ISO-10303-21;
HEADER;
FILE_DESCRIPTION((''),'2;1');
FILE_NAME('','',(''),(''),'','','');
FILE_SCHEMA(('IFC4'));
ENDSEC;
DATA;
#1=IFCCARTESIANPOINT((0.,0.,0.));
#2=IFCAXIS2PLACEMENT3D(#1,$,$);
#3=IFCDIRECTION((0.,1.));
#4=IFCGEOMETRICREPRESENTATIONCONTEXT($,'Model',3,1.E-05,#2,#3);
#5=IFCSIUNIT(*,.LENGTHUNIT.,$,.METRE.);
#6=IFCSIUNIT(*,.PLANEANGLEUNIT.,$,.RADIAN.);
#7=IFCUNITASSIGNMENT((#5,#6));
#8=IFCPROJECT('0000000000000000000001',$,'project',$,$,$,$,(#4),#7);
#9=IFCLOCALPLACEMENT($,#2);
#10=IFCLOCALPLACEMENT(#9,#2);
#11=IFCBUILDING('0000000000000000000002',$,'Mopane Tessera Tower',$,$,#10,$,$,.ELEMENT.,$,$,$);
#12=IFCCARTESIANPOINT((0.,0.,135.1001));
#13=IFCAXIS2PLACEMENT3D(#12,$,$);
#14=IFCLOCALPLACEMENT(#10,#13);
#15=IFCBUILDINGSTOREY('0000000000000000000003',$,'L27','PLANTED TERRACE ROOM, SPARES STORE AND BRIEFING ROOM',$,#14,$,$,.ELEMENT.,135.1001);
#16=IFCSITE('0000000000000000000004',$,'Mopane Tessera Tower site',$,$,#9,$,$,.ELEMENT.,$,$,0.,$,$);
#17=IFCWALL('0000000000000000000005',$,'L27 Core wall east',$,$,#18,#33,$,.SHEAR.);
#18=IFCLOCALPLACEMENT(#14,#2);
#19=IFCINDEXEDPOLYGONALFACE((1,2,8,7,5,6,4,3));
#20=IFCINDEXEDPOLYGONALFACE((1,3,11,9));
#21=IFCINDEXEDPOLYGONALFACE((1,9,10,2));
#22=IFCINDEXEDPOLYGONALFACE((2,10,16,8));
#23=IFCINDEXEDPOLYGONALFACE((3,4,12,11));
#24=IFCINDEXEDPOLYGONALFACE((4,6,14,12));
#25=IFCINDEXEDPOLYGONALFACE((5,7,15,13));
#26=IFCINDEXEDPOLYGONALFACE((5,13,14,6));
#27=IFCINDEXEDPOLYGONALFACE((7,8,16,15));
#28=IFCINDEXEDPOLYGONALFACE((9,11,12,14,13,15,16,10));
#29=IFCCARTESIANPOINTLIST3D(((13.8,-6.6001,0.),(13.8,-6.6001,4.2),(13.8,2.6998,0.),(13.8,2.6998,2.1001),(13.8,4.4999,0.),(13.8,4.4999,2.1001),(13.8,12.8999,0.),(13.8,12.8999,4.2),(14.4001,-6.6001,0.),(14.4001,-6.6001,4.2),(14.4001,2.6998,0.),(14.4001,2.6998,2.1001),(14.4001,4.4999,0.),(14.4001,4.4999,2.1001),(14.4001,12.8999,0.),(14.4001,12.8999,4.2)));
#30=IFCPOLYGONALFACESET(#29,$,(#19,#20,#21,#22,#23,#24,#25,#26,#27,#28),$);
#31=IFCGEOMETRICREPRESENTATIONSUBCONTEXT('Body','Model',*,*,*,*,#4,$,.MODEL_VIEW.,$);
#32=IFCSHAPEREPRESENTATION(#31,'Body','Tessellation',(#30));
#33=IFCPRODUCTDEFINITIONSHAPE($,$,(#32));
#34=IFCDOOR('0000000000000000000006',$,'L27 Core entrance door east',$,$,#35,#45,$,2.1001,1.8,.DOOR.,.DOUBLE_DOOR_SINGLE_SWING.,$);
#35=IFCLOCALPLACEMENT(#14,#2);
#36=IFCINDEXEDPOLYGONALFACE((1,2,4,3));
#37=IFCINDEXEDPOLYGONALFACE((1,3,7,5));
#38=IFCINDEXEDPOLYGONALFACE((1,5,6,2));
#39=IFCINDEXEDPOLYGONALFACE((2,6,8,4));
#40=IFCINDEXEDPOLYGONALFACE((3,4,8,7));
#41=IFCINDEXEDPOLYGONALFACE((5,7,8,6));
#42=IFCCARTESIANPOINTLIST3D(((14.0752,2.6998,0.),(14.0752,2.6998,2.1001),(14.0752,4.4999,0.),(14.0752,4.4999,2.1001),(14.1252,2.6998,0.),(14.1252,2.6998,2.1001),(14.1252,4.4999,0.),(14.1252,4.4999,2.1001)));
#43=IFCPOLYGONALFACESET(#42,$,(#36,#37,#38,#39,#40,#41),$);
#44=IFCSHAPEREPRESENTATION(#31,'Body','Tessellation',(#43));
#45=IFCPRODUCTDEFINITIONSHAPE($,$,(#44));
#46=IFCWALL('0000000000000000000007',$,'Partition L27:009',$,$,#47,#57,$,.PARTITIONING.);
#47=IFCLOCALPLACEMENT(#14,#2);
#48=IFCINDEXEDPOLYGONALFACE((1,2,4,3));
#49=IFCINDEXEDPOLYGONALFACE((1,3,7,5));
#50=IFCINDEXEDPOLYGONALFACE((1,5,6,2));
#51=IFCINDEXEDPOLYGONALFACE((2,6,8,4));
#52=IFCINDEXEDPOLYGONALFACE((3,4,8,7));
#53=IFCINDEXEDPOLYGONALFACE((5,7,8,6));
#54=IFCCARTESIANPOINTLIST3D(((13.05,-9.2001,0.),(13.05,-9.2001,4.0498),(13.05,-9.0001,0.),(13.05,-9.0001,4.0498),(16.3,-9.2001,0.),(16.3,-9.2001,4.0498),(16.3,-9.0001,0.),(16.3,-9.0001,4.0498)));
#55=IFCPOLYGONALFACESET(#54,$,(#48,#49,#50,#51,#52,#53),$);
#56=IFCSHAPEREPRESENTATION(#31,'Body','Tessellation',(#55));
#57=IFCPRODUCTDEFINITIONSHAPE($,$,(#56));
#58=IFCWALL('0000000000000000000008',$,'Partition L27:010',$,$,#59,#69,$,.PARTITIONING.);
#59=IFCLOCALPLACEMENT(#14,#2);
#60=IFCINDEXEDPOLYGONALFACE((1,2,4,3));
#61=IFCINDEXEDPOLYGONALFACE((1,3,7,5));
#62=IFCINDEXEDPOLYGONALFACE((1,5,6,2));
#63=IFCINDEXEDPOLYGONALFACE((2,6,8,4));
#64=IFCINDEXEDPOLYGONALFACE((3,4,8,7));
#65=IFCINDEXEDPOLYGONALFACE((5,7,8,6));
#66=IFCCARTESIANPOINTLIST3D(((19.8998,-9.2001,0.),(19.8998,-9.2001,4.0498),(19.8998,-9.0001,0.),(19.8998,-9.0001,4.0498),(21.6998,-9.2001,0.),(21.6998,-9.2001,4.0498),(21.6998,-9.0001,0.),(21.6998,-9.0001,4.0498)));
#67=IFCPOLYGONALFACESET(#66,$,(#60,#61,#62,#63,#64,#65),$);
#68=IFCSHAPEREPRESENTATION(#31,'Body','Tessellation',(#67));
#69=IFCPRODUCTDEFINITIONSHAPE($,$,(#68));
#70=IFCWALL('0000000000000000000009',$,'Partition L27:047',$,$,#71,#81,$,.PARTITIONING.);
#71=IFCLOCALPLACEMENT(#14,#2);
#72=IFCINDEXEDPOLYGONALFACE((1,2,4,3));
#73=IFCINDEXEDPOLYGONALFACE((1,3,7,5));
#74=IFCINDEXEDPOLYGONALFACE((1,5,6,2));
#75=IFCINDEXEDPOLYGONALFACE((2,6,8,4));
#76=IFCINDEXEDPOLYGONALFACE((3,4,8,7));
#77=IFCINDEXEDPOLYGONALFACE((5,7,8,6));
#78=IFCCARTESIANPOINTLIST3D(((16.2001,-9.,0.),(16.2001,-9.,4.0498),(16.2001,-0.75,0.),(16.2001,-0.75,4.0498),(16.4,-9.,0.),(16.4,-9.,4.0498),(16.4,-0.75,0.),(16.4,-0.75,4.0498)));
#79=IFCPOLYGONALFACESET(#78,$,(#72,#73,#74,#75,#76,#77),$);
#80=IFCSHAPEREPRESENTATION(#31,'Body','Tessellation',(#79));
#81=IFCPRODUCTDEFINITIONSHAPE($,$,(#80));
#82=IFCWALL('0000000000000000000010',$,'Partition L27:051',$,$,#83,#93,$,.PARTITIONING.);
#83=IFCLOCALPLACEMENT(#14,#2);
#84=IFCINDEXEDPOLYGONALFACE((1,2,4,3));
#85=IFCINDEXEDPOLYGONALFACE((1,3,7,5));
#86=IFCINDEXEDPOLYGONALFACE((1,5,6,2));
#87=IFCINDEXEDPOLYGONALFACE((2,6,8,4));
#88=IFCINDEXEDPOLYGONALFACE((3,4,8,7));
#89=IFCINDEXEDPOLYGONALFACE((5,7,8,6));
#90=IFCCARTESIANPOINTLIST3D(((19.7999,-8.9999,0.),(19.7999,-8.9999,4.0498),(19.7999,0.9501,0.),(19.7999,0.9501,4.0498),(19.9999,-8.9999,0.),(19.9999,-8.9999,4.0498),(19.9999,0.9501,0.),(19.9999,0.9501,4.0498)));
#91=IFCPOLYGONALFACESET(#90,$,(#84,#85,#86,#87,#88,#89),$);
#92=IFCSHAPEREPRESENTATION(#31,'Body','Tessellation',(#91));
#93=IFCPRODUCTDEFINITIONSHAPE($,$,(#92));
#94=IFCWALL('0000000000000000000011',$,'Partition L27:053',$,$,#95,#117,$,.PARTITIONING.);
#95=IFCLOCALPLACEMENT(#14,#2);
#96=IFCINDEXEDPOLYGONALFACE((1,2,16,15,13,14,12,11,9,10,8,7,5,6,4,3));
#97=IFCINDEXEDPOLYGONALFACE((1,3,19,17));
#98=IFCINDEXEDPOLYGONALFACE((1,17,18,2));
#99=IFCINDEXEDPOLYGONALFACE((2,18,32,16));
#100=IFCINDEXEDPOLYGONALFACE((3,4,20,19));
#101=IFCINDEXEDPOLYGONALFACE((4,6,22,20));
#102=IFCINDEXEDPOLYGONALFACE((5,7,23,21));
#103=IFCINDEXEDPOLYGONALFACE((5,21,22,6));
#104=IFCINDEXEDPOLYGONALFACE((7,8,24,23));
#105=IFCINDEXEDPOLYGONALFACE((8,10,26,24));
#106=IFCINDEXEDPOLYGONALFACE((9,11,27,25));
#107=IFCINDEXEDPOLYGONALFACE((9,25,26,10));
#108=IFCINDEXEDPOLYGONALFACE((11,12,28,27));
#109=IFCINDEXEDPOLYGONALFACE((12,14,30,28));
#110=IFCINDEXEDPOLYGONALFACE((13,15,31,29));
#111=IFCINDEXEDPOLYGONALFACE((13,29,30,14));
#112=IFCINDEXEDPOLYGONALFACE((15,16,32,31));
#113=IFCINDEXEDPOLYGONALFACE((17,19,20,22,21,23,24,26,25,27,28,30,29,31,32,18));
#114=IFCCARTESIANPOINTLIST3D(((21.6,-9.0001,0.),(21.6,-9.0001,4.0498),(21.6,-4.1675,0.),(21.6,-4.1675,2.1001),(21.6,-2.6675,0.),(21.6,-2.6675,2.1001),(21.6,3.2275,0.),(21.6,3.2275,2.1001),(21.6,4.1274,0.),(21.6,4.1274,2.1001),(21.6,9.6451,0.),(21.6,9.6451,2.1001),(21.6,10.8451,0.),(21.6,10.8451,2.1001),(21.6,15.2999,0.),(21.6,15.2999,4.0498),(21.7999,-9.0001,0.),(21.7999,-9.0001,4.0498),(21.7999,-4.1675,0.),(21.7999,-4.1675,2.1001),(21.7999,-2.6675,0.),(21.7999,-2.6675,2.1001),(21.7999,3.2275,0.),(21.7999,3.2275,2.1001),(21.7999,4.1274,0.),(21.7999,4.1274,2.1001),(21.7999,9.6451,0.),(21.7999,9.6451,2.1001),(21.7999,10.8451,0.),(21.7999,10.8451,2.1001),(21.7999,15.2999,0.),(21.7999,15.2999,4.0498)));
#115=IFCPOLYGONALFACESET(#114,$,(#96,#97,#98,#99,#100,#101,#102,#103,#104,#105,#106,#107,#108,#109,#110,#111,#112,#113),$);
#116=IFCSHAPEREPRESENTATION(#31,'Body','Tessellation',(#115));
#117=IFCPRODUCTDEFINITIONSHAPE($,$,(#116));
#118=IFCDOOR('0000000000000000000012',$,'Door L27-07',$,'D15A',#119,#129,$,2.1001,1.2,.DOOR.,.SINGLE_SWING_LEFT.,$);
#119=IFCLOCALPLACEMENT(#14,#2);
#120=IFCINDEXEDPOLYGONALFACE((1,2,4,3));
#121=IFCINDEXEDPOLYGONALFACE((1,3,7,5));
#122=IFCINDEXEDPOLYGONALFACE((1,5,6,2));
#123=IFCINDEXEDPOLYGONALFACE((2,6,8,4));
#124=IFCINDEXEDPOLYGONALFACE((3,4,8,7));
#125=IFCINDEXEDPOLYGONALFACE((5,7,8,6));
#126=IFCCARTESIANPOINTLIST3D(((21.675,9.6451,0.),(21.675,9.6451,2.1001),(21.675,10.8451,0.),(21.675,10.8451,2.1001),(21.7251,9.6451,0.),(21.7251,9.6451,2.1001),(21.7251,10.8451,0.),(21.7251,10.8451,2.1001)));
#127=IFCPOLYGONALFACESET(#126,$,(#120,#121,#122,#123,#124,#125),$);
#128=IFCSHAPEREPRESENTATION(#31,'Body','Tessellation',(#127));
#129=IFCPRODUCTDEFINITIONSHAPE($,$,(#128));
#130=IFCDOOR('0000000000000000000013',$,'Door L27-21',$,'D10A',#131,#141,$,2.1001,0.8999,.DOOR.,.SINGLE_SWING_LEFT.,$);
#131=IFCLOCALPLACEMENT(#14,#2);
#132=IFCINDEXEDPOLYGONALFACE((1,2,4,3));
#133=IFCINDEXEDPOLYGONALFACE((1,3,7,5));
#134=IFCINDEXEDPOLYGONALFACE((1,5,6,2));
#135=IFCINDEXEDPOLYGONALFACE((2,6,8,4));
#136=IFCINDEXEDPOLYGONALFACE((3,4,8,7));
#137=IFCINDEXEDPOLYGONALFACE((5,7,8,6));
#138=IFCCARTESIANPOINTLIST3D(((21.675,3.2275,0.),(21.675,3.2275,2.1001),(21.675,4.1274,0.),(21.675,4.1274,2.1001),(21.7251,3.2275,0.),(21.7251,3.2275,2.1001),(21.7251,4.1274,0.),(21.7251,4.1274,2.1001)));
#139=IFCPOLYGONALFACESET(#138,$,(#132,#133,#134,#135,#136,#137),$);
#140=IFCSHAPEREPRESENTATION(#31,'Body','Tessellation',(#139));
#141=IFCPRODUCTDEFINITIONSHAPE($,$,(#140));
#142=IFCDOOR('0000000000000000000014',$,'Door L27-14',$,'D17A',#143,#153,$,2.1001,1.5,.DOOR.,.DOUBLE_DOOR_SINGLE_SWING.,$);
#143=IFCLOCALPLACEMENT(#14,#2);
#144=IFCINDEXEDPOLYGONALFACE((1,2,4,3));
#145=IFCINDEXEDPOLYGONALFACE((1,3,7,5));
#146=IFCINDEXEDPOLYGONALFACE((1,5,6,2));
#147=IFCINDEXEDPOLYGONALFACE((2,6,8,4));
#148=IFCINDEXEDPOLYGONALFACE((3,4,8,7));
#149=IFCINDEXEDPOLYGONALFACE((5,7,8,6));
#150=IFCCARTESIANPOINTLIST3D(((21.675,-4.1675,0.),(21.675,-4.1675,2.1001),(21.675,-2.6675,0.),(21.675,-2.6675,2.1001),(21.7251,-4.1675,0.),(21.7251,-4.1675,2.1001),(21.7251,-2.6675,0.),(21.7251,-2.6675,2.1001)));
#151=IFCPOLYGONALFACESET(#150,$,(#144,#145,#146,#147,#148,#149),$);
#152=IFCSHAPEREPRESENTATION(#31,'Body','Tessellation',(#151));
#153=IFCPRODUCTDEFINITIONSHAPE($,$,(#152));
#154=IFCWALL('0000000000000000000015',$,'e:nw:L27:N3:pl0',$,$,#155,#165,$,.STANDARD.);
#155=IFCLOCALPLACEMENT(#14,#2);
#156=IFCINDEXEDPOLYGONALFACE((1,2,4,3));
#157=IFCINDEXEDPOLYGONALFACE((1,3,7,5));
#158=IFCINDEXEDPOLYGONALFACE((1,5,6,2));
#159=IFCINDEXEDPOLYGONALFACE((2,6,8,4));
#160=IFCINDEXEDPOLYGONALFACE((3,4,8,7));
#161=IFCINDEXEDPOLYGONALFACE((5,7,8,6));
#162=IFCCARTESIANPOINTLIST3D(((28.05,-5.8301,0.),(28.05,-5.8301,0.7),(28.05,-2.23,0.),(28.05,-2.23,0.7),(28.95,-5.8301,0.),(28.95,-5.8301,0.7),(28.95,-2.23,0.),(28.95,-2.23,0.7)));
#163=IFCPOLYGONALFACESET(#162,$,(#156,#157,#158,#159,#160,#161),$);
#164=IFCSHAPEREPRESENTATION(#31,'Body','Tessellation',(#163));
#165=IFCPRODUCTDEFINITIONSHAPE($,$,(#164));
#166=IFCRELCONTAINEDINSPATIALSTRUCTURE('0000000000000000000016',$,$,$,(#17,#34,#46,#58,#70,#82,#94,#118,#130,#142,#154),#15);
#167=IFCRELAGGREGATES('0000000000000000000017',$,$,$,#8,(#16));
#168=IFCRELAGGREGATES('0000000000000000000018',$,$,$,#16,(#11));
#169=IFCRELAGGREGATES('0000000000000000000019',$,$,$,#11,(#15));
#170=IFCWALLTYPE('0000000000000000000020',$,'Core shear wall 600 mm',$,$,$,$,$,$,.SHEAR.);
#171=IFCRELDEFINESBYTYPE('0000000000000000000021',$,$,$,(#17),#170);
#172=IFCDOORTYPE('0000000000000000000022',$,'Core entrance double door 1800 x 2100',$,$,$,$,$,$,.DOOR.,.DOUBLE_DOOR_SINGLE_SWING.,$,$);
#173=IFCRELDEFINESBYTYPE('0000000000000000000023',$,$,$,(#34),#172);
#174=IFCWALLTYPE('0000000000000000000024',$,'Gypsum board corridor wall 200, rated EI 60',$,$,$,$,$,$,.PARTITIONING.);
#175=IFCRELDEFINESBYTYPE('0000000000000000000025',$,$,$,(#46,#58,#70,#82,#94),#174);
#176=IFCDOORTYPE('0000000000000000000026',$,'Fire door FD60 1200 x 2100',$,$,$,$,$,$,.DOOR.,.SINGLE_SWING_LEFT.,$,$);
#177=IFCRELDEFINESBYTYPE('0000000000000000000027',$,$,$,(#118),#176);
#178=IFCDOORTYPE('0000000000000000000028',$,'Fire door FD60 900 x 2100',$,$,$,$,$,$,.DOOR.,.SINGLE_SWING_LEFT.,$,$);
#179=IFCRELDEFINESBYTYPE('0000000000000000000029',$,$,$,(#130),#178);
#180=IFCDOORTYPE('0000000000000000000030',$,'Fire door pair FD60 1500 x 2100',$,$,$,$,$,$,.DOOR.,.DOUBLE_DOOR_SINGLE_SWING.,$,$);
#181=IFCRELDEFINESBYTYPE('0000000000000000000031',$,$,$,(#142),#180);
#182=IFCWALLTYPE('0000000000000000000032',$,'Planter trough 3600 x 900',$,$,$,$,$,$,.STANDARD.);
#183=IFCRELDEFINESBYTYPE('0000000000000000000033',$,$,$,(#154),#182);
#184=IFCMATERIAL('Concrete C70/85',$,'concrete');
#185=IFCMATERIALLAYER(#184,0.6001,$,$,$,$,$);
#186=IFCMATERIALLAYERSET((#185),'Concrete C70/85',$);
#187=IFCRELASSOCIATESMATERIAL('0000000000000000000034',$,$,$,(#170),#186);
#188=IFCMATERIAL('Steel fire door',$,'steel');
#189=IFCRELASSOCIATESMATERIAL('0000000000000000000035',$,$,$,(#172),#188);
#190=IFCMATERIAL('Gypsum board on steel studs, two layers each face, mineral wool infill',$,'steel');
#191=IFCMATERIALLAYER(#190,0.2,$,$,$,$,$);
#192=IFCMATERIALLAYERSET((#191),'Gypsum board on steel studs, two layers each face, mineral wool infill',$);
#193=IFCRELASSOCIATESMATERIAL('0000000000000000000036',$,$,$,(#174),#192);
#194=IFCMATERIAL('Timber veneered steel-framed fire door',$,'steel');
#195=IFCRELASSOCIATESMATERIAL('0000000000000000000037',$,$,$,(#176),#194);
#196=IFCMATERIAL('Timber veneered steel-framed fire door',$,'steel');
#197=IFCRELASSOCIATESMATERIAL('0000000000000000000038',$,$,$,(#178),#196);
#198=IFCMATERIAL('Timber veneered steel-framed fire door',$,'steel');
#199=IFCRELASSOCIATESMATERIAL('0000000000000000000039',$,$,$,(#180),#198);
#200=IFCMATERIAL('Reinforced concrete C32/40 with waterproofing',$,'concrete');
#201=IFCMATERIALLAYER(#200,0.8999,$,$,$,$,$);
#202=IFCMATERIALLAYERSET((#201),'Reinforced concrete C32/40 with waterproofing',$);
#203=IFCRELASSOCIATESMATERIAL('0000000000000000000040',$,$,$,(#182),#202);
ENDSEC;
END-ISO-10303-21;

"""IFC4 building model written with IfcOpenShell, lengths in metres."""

from ifc_helpers import new_model, si_unit, direction, frame, frame_2d, origin, place, context, subcontext, project, spatial, rectangle, extrude, material, layer, layer_set, type_object, element, fill, save


model = new_model("IFC4")

# Units and contexts
model_context = context("Model", 3, precision=1e-05, world=origin(), true_north=direction((0.0, 1.0)))
body_context = subcontext(model_context, "Body", "Model", "MODEL_VIEW")
ifc_project = project(units=[si_unit("LENGTHUNIT", "METRE"), si_unit("PLANEANGLEUNIT", "RADIAN")], contexts=[model_context])

# Site, building, storey
site_placement = place(None, origin())
site = spatial("IfcSite", under=ifc_project, at=site_placement, Name="Mopane Tessera Tower site", CompositionType="ELEMENT", RefElevation=0.0)
building_placement = place(site_placement, origin())
building = spatial("IfcBuilding", under=site, at=building_placement, Name="Mopane Tessera Tower", CompositionType="ELEMENT")
storey_placement = place(building_placement, frame((0.0, 0.0, 135.1001)))
storey = spatial("IfcBuildingStorey", under=building, at=storey_placement, Name="L27", Description="PLANTED TERRACE ROOM, SPARES STORE AND BRIEFING ROOM", CompositionType="ELEMENT", Elevation=135.1001)

# Wall, opening, door
ifc_material_1 = material(Name="Concrete C70/85", Category="concrete")
ifc_layer_1 = layer(ifc_material_1, 0.6001)
ifc_layer_set_1 = layer_set([ifc_layer_1], Name="Concrete C70/85")
wall_type_1 = type_object("IfcWallType", Name="Core shear wall 600 mm", PredefinedType="SHEAR", material=ifc_layer_set_1)
wall_1_placement = place(storey_placement, frame((14.1001, -6.6001, 0.0), z_axis=(0.0, 0.0, 1.0), x_axis=(0.0, 1.0, 0.0)))
wall_1 = element("IfcWall", 1, at=wall_1_placement, inside=storey, type_object=wall_type_1, Name="L27 Core wall east", PredefinedType="SHEAR", context=body_context, shape_type="SweptSolid", body=[
    extrude(rectangle(XDim=19.5, YDim=0.6001, at=frame_2d((9.75, 0.0))), origin(), (0.0, 0.0, 1.0), 4.2),
])
opening_1_placement = place(wall_1_placement, frame((9.3, 0.0, 0.0)))
opening_1 = element("IfcOpeningElement", 2, at=opening_1_placement, cuts=wall_1, PredefinedType="OPENING", context=body_context, shape_type="SweptSolid", body=[
    extrude(rectangle(XDim=1.8, YDim=2.1001, at=frame_2d((0.8999, 1.05))), frame((0.0, 0.312, 0.0), z_axis=(0.0, -1.0, 0.0), x_axis=(1.0, 0.0, 0.0)), (0.0, 0.0, 1.0), 0.624),
])
ifc_material_2 = material(Name="Steel fire door", Category="steel")
door_type_1 = type_object("IfcDoorType", Name="Core entrance double door 1800 x 2100", OperationType="DOUBLE_DOOR_SINGLE_SWING", PredefinedType="DOOR", material=ifc_material_2)
door_1_placement = place(opening_1_placement, origin())
door_1 = element("IfcDoor", 3, at=door_1_placement, inside=storey, type_object=door_type_1, Name="L27 Core entrance door east", OperationType="DOUBLE_DOOR_SINGLE_SWING", OverallHeight=2.1001, OverallWidth=1.8, PredefinedType="DOOR", context=body_context, shape_type="SweptSolid", body=[
    extrude(rectangle(XDim=1.8, YDim=2.1001, at=frame_2d((0.8999, 1.05))), frame((0.0, 0.0249, 0.0), z_axis=(0.0, -1.0, 0.0), x_axis=(1.0, 0.0, 0.0)), (0.0, 0.0, 1.0), 0.05),
])
fill(opening_1, door_1)

# Walls
ifc_material_3 = material(Name="Gypsum board on steel studs, two layers each face, mineral wool infill", Category="steel")
ifc_layer_2 = layer(ifc_material_3, 0.2)
ifc_layer_set_2 = layer_set([ifc_layer_2], Name="Gypsum board on steel studs, two layers each face, mineral wool infill")
wall_type_2 = type_object("IfcWallType", Name="Gypsum board corridor wall 200, rated EI 60", PredefinedType="PARTITIONING", material=ifc_layer_set_2)
wall_2_placement = place(storey_placement, frame((13.05, -9.1001, 0.0), z_axis=(0.0, 0.0, 1.0), x_axis=(1.0, 0.0, 0.0)))
element("IfcWall", 4, at=wall_2_placement, inside=storey, type_object=wall_type_2, Name="Partition L27:009", PredefinedType="PARTITIONING", context=body_context, shape_type="SweptSolid", body=[
    extrude(rectangle(XDim=3.25, YDim=0.2, at=frame_2d((1.625, 0.0))), origin(), (0.0, 0.0, 1.0), 4.0498),
])
wall_3_placement = place(storey_placement, frame((19.8999, -9.1001, 0.0), z_axis=(0.0, 0.0, 1.0), x_axis=(1.0, 0.0, 0.0)))
element("IfcWall", 5, at=wall_3_placement, inside=storey, type_object=wall_type_2, Name="Partition L27:010", PredefinedType="PARTITIONING", context=body_context, shape_type="SweptSolid", body=[
    extrude(rectangle(XDim=1.8, YDim=0.2, at=frame_2d((0.8999, 0.0))), origin(), (0.0, 0.0, 1.0), 4.0498),
])
wall_4_placement = place(storey_placement, frame((16.3, -9.0, 0.0), z_axis=(0.0, 0.0, 1.0), x_axis=(0.0, 1.0, 0.0)))
element("IfcWall", 6, at=wall_4_placement, inside=storey, type_object=wall_type_2, Name="Partition L27:047", PredefinedType="PARTITIONING", context=body_context, shape_type="SweptSolid", body=[
    extrude(rectangle(XDim=8.25, YDim=0.2, at=frame_2d((4.125, 0.0))), origin(), (0.0, 0.0, 1.0), 4.0498),
])
wall_5_placement = place(storey_placement, frame((19.8999, -9.0, 0.0), z_axis=(0.0, 0.0, 1.0), x_axis=(0.0, 1.0, 0.0)))
element("IfcWall", 7, at=wall_5_placement, inside=storey, type_object=wall_type_2, Name="Partition L27:051", PredefinedType="PARTITIONING", context=body_context, shape_type="SweptSolid", body=[
    extrude(rectangle(XDim=9.95, YDim=0.2, at=frame_2d((4.9751, 0.0))), origin(), (0.0, 0.0, 1.0), 4.0498),
])

# Wall, openings, doors
wall_6_placement = place(storey_placement, frame((21.7, -9.0, 0.0), z_axis=(0.0, 0.0, 1.0), x_axis=(0.0, 1.0, 0.0)))
wall_6 = element("IfcWall", 8, at=wall_6_placement, inside=storey, type_object=wall_type_2, Name="Partition L27:053", PredefinedType="PARTITIONING", context=body_context, shape_type="SweptSolid", body=[
    extrude(rectangle(XDim=24.3, YDim=0.2, at=frame_2d((12.1499, 0.0))), origin(), (0.0, 0.0, 1.0), 4.0498),
])
opening_2_placement = place(wall_6_placement, frame((18.645, 0.0, 0.0)))
opening_2 = element("IfcOpeningElement", 9, at=opening_2_placement, cuts=wall_6, PredefinedType="OPENING", context=body_context, shape_type="SweptSolid", body=[
    extrude(rectangle(XDim=1.2, YDim=2.1001, at=frame_2d((0.6001, 1.05))), frame((0.0, 0.1121, 0.0), z_axis=(0.0, -1.0, 0.0), x_axis=(1.0, 0.0, 0.0)), (0.0, 0.0, 1.0), 0.2239),
])
opening_3_placement = place(wall_6_placement, frame((4.8325, 0.0, 0.0)))
opening_3 = element("IfcOpeningElement", 10, at=opening_3_placement, cuts=wall_6, PredefinedType="OPENING", context=body_context, shape_type="SweptSolid", body=[
    extrude(rectangle(XDim=1.5, YDim=2.1001, at=frame_2d((0.75, 1.05))), frame((0.0, 0.1121, 0.0), z_axis=(0.0, -1.0, 0.0), x_axis=(1.0, 0.0, 0.0)), (0.0, 0.0, 1.0), 0.2239),
])
opening_4_placement = place(wall_6_placement, frame((12.2275, 0.0, 0.0)))
opening_4 = element("IfcOpeningElement", 11, at=opening_4_placement, cuts=wall_6, PredefinedType="OPENING", context=body_context, shape_type="SweptSolid", body=[
    extrude(rectangle(XDim=0.8999, YDim=2.1001, at=frame_2d((0.45, 1.05))), frame((0.0, 0.1121, 0.0), z_axis=(0.0, -1.0, 0.0), x_axis=(1.0, 0.0, 0.0)), (0.0, 0.0, 1.0), 0.2239),
])
ifc_material_4 = material(Name="Timber veneered steel-framed fire door", Category="steel")
door_type_2 = type_object("IfcDoorType", Name="Fire door FD60 1200 x 2100", OperationType="SINGLE_SWING_LEFT", PredefinedType="DOOR", material=ifc_material_4)
door_2_placement = place(opening_2_placement, origin())
door_2 = element("IfcDoor", 12, at=door_2_placement, inside=storey, type_object=door_type_2, Name="Door L27-07", ObjectType="D15A", OperationType="SINGLE_SWING_LEFT", OverallHeight=2.1001, OverallWidth=1.2, PredefinedType="DOOR", context=body_context, shape_type="SweptSolid", body=[
    extrude(rectangle(XDim=1.2, YDim=2.1001, at=frame_2d((0.6001, 1.05))), frame((0.0, 0.0249, 0.0), z_axis=(0.0, -1.0, 0.0), x_axis=(1.0, 0.0, 0.0)), (0.0, 0.0, 1.0), 0.05),
])
fill(opening_2, door_2)
ifc_material_5 = material(Name="Timber veneered steel-framed fire door", Category="steel")
door_type_3 = type_object("IfcDoorType", Name="Fire door FD60 900 x 2100", OperationType="SINGLE_SWING_LEFT", PredefinedType="DOOR", material=ifc_material_5)
door_3_placement = place(opening_4_placement, origin())
door_3 = element("IfcDoor", 13, at=door_3_placement, inside=storey, type_object=door_type_3, Name="Door L27-21", ObjectType="D10A", OperationType="SINGLE_SWING_LEFT", OverallHeight=2.1001, OverallWidth=0.8999, PredefinedType="DOOR", context=body_context, shape_type="SweptSolid", body=[
    extrude(rectangle(XDim=0.8999, YDim=2.1001, at=frame_2d((0.45, 1.05))), frame((0.0, 0.0249, 0.0), z_axis=(0.0, -1.0, 0.0), x_axis=(1.0, 0.0, 0.0)), (0.0, 0.0, 1.0), 0.05),
])
fill(opening_4, door_3)
ifc_material_6 = material(Name="Timber veneered steel-framed fire door", Category="steel")
door_type_4 = type_object("IfcDoorType", Name="Fire door pair FD60 1500 x 2100", OperationType="DOUBLE_DOOR_SINGLE_SWING", PredefinedType="DOOR", material=ifc_material_6)
door_4_placement = place(opening_3_placement, origin())
door_4 = element("IfcDoor", 14, at=door_4_placement, inside=storey, type_object=door_type_4, Name="Door L27-14", ObjectType="D17A", OperationType="DOUBLE_DOOR_SINGLE_SWING", OverallHeight=2.1001, OverallWidth=1.5, PredefinedType="DOOR", context=body_context, shape_type="SweptSolid", body=[
    extrude(rectangle(XDim=1.5, YDim=2.1001, at=frame_2d((0.75, 1.05))), frame((0.0, 0.0249, 0.0), z_axis=(0.0, -1.0, 0.0), x_axis=(1.0, 0.0, 0.0)), (0.0, 0.0, 1.0), 0.05),
])
fill(opening_3, door_4)

# Wall
ifc_material_7 = material(Name="Reinforced concrete C32/40 with waterproofing", Category="concrete")
ifc_layer_3 = layer(ifc_material_7, 0.8999)
ifc_layer_set_3 = layer_set([ifc_layer_3], Name="Reinforced concrete C32/40 with waterproofing")
wall_type_3 = type_object("IfcWallType", Name="Planter trough 3600 x 900", PredefinedType="STANDARD", material=ifc_layer_set_3)
for number, where, z_axis, x_axis, name in (
    (15, (28.5, -5.8301, 0.0), (0.0, 0.0, 1.0), (0.0, 1.0, 0.0), "e:nw:L27:N3:pl0"),
):
    element("IfcWall", number, at=place(storey_placement, frame(where, z_axis=z_axis, x_axis=x_axis)), inside=storey, type_object=wall_type_3, Name=name, PredefinedType="STANDARD", context=body_context, shape_type="SweptSolid", body=[
        extrude(rectangle(XDim=3.6001, YDim=0.8999, at=frame_2d((1.8, 0.0))), origin(), (0.0, 0.0, 1.0), 0.7),
    ])

save(model, "model.ifc")
